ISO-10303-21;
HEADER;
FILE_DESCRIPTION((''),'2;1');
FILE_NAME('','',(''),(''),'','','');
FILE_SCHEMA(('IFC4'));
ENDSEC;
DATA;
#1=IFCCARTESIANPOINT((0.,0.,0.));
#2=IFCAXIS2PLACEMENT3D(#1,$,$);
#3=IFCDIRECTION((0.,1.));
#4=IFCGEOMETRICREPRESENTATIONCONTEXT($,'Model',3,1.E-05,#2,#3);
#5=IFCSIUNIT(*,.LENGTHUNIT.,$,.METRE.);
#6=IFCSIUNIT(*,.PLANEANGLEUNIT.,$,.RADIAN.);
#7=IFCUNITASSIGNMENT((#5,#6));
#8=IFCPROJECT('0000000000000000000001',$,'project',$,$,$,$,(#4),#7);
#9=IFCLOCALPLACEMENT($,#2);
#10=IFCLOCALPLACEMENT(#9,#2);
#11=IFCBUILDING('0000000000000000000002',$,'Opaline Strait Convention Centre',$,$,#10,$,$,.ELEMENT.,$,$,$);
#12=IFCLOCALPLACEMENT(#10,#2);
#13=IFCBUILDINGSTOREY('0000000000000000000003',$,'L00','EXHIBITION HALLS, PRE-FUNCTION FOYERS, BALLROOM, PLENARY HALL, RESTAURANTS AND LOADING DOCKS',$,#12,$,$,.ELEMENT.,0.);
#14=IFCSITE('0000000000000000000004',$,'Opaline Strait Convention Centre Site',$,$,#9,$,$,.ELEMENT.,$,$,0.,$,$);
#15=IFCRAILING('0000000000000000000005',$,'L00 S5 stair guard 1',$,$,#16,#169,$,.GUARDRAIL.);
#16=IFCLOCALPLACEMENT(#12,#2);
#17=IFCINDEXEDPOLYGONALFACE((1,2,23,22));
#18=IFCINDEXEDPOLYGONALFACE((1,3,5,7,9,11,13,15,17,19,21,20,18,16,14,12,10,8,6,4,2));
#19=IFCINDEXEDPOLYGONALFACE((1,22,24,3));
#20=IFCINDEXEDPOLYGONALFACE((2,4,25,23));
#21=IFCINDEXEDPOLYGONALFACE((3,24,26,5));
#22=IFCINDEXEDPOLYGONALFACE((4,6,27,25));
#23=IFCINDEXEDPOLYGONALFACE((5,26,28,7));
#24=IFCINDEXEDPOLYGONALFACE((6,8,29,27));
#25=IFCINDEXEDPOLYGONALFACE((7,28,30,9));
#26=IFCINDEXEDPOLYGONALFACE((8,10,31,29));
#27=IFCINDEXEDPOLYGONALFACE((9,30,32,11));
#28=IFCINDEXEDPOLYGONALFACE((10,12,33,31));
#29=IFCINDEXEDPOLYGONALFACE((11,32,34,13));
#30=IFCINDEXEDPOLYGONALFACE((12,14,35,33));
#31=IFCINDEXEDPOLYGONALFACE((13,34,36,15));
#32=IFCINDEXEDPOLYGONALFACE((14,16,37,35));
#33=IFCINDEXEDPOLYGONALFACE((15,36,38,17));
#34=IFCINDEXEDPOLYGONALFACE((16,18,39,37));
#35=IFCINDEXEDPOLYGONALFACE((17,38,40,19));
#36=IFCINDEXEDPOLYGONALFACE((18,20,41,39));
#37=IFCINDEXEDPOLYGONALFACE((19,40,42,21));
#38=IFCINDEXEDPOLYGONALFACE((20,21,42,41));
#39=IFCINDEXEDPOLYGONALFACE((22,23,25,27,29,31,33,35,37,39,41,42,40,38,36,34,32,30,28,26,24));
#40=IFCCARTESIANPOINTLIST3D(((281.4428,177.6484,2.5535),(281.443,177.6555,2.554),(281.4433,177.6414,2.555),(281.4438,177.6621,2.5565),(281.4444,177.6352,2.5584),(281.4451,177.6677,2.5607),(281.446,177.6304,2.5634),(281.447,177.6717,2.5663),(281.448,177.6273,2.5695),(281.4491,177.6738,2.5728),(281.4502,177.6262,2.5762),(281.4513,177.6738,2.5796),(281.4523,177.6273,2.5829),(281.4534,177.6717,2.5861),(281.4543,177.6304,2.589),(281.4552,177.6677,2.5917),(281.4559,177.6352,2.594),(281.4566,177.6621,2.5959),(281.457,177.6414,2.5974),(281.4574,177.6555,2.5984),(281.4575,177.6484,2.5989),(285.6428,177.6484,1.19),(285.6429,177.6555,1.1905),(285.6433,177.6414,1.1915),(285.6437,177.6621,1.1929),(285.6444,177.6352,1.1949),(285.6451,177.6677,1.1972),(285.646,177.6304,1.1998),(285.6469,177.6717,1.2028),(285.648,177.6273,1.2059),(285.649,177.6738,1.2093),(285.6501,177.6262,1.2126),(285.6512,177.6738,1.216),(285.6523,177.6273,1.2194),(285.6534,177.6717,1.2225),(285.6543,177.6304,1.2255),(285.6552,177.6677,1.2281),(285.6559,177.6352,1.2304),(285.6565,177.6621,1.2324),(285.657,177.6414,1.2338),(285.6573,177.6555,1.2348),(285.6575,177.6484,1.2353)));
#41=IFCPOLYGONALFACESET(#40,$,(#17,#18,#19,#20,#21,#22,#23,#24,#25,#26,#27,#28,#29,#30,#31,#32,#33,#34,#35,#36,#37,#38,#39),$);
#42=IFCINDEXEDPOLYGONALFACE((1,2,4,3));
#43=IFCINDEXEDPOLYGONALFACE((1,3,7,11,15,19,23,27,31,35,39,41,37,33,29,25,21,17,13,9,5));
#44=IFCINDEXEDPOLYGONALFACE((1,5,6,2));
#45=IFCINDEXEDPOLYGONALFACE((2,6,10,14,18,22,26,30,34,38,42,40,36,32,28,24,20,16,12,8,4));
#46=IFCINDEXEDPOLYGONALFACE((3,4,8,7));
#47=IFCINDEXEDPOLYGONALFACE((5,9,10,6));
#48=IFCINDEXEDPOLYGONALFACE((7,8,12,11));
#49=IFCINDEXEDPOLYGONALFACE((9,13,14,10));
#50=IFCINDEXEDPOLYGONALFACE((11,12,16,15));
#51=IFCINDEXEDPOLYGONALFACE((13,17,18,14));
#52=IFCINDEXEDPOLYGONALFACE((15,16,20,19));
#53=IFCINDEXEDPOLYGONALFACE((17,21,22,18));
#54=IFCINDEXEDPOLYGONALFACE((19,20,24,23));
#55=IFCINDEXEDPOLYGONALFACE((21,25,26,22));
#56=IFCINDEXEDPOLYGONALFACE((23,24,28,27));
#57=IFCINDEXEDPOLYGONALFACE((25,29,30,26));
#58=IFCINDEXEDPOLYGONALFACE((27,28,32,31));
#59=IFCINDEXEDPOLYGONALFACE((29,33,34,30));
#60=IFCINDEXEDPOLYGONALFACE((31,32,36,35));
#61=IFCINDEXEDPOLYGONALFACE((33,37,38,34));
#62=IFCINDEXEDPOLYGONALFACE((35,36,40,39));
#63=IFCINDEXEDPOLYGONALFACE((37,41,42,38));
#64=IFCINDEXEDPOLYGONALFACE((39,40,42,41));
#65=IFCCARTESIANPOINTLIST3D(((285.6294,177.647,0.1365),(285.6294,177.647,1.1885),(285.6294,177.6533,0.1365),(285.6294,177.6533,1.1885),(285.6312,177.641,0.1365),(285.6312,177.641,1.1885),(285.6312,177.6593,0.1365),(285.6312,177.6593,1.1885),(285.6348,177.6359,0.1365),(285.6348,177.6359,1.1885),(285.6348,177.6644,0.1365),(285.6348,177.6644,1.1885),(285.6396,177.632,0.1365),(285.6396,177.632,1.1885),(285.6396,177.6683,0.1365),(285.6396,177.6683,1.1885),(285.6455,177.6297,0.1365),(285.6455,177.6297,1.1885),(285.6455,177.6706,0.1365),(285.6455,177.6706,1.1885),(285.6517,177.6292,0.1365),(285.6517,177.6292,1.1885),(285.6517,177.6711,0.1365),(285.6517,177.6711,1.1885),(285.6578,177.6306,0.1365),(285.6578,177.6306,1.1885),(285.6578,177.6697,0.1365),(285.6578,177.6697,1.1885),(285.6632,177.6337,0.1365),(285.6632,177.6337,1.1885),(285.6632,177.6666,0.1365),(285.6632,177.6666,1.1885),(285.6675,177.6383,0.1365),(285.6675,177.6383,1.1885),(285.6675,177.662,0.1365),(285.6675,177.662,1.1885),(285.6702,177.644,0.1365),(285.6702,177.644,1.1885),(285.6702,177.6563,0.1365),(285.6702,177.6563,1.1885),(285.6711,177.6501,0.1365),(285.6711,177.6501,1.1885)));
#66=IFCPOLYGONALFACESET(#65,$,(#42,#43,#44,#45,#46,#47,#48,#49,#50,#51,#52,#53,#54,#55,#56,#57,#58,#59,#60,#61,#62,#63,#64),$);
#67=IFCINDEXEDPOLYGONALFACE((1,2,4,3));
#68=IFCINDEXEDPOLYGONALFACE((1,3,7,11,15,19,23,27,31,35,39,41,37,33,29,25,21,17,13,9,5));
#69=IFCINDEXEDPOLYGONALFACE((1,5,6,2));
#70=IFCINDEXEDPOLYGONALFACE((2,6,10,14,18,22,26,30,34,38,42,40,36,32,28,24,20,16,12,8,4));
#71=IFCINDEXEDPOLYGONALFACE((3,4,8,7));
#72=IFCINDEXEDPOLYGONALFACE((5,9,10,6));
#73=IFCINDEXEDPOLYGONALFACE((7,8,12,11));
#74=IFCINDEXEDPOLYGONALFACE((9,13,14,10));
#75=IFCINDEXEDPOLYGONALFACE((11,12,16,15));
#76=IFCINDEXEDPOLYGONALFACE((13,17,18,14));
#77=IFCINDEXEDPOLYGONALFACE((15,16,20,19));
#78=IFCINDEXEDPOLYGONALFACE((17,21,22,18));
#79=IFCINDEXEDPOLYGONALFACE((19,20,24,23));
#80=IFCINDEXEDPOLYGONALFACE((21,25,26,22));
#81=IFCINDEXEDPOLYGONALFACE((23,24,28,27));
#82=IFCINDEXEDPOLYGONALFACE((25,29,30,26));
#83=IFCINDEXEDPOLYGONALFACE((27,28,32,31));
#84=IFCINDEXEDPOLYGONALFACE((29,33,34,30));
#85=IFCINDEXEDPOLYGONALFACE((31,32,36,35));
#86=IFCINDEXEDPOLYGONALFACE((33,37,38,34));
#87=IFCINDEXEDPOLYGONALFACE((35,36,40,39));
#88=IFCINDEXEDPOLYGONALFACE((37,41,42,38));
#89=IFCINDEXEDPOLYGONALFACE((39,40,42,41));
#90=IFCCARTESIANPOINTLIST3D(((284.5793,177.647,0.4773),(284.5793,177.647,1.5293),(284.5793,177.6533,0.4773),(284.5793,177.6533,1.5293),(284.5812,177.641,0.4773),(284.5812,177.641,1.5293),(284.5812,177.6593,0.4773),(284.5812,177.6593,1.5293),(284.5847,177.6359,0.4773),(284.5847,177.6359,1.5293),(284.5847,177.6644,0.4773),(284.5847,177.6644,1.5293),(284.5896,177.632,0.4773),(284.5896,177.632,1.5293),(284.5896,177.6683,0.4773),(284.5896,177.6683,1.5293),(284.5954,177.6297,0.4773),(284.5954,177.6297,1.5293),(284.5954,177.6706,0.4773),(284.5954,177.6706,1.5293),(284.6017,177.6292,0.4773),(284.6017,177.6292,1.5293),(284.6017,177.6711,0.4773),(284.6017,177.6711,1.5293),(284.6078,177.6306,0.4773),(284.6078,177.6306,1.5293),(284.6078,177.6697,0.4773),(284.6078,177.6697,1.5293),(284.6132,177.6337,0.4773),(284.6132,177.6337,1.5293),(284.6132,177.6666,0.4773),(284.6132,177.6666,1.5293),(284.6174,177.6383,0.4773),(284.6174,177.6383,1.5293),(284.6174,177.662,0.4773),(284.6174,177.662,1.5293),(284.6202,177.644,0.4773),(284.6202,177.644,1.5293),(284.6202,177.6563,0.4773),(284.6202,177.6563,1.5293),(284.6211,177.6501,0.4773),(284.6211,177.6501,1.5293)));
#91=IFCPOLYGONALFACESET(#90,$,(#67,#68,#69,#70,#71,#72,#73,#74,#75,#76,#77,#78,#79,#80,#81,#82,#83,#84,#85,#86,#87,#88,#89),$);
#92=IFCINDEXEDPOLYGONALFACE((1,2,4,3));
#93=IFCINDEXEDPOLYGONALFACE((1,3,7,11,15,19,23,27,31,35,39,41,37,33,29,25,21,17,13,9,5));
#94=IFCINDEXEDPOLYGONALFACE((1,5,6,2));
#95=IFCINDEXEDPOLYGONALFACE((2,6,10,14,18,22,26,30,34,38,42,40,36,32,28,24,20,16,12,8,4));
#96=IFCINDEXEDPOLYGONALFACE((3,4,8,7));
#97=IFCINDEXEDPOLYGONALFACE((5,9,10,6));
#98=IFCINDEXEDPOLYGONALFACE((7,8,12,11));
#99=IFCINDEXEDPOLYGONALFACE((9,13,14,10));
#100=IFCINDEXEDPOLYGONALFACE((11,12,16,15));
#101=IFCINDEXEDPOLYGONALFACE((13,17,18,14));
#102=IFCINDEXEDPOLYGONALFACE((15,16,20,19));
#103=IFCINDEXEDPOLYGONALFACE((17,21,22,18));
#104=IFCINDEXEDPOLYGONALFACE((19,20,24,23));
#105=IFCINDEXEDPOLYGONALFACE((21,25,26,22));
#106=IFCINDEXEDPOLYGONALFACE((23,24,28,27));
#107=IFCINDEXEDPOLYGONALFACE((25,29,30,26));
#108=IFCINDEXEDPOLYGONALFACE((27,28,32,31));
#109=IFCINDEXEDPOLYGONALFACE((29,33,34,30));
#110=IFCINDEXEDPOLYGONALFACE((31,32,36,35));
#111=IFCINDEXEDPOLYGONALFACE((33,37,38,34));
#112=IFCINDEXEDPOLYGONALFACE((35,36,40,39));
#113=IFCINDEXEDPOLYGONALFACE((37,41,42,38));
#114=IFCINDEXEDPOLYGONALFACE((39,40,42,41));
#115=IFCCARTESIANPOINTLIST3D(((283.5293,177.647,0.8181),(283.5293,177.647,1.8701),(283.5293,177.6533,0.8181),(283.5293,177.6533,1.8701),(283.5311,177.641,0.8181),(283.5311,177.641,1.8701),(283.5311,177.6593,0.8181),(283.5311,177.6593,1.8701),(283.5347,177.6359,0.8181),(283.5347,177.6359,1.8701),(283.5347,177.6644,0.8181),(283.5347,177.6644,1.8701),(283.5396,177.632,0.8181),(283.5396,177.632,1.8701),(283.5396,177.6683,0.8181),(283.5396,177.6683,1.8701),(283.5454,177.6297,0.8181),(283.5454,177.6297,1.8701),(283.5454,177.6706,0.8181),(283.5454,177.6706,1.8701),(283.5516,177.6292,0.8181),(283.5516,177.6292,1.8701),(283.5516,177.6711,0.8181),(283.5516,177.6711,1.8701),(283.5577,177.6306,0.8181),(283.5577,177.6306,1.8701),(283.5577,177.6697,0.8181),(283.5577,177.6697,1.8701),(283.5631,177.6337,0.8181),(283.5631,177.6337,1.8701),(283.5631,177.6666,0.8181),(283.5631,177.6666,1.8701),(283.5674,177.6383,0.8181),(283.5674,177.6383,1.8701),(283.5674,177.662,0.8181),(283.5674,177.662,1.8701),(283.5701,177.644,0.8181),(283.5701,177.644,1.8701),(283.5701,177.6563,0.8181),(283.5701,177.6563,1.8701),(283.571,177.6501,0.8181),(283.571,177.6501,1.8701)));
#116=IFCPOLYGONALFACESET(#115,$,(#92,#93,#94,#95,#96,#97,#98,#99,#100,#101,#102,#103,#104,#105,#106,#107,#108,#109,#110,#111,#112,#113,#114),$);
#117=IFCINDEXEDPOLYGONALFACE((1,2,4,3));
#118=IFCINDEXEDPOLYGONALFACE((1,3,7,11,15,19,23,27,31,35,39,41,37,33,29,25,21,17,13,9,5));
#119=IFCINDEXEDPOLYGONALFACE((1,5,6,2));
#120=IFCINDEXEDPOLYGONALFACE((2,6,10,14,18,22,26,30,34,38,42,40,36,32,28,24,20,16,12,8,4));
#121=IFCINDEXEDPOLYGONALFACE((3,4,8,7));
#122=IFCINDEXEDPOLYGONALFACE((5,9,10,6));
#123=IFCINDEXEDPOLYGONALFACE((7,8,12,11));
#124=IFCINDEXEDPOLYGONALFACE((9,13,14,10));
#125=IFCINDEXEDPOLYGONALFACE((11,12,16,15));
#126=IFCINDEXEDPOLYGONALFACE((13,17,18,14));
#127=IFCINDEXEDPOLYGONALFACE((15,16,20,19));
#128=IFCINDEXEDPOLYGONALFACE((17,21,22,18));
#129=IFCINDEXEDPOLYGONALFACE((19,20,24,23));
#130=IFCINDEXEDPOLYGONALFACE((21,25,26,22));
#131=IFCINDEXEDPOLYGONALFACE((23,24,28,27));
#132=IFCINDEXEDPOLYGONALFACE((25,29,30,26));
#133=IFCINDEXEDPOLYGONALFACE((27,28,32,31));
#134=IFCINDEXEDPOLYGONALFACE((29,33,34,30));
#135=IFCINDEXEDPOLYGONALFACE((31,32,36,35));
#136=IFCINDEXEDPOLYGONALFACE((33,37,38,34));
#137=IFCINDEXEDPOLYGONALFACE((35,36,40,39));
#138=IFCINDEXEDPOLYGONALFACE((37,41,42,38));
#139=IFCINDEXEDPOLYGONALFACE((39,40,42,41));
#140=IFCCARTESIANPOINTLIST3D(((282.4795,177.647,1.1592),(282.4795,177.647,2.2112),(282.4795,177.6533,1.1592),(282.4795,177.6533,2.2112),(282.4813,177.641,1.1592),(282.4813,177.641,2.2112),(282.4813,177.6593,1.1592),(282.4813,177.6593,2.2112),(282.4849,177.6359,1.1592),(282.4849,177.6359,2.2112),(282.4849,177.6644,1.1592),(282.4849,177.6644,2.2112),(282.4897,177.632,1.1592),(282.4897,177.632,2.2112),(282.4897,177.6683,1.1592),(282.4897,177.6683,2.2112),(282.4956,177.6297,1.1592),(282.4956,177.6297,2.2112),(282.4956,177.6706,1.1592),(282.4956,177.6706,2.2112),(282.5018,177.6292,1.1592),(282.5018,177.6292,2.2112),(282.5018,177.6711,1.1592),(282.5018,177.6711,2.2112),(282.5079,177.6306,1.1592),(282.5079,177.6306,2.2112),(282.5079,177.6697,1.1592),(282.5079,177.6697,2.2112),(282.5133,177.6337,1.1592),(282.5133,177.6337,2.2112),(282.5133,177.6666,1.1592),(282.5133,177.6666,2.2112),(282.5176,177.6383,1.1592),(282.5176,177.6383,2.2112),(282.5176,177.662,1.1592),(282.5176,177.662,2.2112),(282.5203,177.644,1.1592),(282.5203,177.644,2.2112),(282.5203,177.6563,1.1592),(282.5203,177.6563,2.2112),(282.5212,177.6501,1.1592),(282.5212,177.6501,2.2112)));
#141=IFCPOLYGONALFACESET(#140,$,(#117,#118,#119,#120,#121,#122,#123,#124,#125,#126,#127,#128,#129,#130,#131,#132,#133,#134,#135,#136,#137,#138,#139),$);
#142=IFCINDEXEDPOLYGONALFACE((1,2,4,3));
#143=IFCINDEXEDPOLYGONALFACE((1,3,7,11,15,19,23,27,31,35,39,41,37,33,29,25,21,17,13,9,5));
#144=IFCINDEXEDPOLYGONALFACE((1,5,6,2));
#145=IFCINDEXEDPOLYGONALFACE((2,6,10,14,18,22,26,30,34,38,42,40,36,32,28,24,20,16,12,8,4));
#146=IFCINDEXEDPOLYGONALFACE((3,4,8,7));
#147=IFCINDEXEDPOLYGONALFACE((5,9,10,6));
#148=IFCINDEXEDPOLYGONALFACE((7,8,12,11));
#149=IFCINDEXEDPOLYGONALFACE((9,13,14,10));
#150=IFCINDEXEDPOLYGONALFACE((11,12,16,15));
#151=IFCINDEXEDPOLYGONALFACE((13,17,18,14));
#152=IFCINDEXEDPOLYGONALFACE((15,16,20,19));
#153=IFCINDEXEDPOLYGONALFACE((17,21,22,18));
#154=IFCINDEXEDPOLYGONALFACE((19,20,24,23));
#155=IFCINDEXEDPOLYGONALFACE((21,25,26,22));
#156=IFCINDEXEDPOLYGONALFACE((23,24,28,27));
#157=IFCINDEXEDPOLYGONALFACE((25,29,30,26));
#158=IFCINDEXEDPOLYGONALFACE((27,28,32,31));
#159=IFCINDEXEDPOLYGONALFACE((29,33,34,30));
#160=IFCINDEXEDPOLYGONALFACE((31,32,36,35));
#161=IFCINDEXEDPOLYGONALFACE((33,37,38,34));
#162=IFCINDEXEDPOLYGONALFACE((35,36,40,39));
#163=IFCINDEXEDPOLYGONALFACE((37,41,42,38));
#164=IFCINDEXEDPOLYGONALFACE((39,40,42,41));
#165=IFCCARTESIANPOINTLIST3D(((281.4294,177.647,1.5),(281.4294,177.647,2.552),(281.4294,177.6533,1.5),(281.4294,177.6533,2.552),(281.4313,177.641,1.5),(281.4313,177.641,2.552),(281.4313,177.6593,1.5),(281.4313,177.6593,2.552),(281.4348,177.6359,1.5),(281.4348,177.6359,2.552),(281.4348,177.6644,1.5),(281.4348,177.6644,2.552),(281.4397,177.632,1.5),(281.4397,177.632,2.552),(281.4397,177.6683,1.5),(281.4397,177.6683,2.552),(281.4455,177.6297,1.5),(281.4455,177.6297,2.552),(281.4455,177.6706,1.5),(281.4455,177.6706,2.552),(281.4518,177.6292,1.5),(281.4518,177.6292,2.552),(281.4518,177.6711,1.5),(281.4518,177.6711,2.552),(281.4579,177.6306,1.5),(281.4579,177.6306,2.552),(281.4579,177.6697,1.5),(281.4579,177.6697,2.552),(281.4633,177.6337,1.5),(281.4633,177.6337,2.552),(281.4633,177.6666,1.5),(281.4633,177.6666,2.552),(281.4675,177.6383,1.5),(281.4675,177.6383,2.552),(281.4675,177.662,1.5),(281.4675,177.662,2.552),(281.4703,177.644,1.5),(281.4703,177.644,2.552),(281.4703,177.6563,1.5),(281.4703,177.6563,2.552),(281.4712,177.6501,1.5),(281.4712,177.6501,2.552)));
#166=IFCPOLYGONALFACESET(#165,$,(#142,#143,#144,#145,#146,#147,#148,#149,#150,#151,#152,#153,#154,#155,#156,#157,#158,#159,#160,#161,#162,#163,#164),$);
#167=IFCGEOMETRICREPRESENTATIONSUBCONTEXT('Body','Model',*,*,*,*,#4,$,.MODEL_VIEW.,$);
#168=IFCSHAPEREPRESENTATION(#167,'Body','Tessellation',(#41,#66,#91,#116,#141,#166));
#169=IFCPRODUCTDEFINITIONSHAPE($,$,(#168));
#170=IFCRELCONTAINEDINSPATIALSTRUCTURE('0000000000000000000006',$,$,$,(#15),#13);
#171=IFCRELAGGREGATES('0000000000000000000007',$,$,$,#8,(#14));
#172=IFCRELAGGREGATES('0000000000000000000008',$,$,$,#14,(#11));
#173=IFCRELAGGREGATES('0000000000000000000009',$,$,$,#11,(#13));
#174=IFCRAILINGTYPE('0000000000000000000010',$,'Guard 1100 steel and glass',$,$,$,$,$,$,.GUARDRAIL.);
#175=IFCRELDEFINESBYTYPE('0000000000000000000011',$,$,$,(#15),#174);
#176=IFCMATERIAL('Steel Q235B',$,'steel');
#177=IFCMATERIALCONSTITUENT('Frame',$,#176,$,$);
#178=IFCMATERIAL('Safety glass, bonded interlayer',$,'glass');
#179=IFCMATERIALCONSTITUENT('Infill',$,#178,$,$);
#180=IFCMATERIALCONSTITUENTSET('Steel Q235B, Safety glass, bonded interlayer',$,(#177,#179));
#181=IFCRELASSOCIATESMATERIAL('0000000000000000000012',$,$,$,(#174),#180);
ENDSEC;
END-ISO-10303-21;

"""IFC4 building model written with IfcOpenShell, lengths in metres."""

from ifc_helpers import new_model, si_unit, direction, frame, origin, origin_2d, place, context, subcontext, project, spatial, circle, extrude, material, constituent, constituent_set, type_object, element, save


model = new_model("IFC4")

# Units and contexts
model_context = context("Model", 3, precision=1e-05, world=origin(), true_north=direction((0.0, 1.0)))
body_context = subcontext(model_context, "Body", "Model", "MODEL_VIEW")
ifc_project = project(units=[si_unit("LENGTHUNIT", "METRE"), si_unit("PLANEANGLEUNIT", "RADIAN")], contexts=[model_context])

# Site, building, storey
site_placement = place(None, origin())
site = spatial("IfcSite", under=ifc_project, at=site_placement, Name="Opaline Strait Convention Centre Site", CompositionType="ELEMENT", RefElevation=0.0)
building_placement = place(site_placement, origin())
building = spatial("IfcBuilding", under=site, at=building_placement, Name="Opaline Strait Convention Centre", CompositionType="ELEMENT")
storey_placement = place(building_placement, origin())
storey = spatial("IfcBuildingStorey", under=building, at=storey_placement, Name="L00", Description="EXHIBITION HALLS, PRE-FUNCTION FOYERS, BALLROOM, PLENARY HALL, RESTAURANTS AND LOADING DOCKS", CompositionType="ELEMENT", Elevation=0.0)

# Railing
ifc_material_1 = material(Name="Steel Q235B", Category="steel")
ifc_constituent_1 = constituent(ifc_material_1, Name="Frame")
ifc_material_2 = material(Name="Safety glass, bonded interlayer", Category="glass")
ifc_constituent_2 = constituent(ifc_material_2, Name="Infill")
ifc_constituent_set = constituent_set(constituents=[ifc_constituent_1, ifc_constituent_2], Name="Steel Q235B, Safety glass, bonded interlayer")
railing_type_1 = type_object("IfcRailingType", Name="Guard 1100 steel and glass", PredefinedType="GUARDRAIL", material=ifc_constituent_set)
railing_1_placement = place(storey_placement, frame((285.6501, 177.6501, 0.1365)))
element("IfcRailing", 1, at=railing_1_placement, inside=storey, type_object=railing_type_1, Name="L00 S5 stair guard 1", PredefinedType="GUARDRAIL", context=body_context, shape_type="SweptSolid", body=[
    extrude(circle(Radius=0.0239, at=origin_2d()), frame((0.0, 0.0, 1.0762), z_axis=(-0.951131, 0.0, 0.308787), x_axis=(0.0, -1.0, 0.0)), (0.0, 0.0, 1.0), 4.4158),
    extrude(circle(Radius=0.021, at=origin_2d()), origin(), (0.0, 0.0, 1.0), 1.052),
    extrude(circle(Radius=0.021, at=origin_2d()), frame((-1.05, 0.0, 0.3408)), (0.0, 0.0, 1.0), 1.052),
    extrude(circle(Radius=0.021, at=origin_2d()), frame((-2.1001, 0.0, 0.6816)), (0.0, 0.0, 1.0), 1.052),
    extrude(circle(Radius=0.021, at=origin_2d()), frame((-3.1499, 0.0, 1.0227)), (0.0, 0.0, 1.0), 1.052),
    extrude(circle(Radius=0.021, at=origin_2d()), frame((-4.2, 0.0, 1.3635)), (0.0, 0.0, 1.0), 1.052),
])

save(model, "model.ifc")
